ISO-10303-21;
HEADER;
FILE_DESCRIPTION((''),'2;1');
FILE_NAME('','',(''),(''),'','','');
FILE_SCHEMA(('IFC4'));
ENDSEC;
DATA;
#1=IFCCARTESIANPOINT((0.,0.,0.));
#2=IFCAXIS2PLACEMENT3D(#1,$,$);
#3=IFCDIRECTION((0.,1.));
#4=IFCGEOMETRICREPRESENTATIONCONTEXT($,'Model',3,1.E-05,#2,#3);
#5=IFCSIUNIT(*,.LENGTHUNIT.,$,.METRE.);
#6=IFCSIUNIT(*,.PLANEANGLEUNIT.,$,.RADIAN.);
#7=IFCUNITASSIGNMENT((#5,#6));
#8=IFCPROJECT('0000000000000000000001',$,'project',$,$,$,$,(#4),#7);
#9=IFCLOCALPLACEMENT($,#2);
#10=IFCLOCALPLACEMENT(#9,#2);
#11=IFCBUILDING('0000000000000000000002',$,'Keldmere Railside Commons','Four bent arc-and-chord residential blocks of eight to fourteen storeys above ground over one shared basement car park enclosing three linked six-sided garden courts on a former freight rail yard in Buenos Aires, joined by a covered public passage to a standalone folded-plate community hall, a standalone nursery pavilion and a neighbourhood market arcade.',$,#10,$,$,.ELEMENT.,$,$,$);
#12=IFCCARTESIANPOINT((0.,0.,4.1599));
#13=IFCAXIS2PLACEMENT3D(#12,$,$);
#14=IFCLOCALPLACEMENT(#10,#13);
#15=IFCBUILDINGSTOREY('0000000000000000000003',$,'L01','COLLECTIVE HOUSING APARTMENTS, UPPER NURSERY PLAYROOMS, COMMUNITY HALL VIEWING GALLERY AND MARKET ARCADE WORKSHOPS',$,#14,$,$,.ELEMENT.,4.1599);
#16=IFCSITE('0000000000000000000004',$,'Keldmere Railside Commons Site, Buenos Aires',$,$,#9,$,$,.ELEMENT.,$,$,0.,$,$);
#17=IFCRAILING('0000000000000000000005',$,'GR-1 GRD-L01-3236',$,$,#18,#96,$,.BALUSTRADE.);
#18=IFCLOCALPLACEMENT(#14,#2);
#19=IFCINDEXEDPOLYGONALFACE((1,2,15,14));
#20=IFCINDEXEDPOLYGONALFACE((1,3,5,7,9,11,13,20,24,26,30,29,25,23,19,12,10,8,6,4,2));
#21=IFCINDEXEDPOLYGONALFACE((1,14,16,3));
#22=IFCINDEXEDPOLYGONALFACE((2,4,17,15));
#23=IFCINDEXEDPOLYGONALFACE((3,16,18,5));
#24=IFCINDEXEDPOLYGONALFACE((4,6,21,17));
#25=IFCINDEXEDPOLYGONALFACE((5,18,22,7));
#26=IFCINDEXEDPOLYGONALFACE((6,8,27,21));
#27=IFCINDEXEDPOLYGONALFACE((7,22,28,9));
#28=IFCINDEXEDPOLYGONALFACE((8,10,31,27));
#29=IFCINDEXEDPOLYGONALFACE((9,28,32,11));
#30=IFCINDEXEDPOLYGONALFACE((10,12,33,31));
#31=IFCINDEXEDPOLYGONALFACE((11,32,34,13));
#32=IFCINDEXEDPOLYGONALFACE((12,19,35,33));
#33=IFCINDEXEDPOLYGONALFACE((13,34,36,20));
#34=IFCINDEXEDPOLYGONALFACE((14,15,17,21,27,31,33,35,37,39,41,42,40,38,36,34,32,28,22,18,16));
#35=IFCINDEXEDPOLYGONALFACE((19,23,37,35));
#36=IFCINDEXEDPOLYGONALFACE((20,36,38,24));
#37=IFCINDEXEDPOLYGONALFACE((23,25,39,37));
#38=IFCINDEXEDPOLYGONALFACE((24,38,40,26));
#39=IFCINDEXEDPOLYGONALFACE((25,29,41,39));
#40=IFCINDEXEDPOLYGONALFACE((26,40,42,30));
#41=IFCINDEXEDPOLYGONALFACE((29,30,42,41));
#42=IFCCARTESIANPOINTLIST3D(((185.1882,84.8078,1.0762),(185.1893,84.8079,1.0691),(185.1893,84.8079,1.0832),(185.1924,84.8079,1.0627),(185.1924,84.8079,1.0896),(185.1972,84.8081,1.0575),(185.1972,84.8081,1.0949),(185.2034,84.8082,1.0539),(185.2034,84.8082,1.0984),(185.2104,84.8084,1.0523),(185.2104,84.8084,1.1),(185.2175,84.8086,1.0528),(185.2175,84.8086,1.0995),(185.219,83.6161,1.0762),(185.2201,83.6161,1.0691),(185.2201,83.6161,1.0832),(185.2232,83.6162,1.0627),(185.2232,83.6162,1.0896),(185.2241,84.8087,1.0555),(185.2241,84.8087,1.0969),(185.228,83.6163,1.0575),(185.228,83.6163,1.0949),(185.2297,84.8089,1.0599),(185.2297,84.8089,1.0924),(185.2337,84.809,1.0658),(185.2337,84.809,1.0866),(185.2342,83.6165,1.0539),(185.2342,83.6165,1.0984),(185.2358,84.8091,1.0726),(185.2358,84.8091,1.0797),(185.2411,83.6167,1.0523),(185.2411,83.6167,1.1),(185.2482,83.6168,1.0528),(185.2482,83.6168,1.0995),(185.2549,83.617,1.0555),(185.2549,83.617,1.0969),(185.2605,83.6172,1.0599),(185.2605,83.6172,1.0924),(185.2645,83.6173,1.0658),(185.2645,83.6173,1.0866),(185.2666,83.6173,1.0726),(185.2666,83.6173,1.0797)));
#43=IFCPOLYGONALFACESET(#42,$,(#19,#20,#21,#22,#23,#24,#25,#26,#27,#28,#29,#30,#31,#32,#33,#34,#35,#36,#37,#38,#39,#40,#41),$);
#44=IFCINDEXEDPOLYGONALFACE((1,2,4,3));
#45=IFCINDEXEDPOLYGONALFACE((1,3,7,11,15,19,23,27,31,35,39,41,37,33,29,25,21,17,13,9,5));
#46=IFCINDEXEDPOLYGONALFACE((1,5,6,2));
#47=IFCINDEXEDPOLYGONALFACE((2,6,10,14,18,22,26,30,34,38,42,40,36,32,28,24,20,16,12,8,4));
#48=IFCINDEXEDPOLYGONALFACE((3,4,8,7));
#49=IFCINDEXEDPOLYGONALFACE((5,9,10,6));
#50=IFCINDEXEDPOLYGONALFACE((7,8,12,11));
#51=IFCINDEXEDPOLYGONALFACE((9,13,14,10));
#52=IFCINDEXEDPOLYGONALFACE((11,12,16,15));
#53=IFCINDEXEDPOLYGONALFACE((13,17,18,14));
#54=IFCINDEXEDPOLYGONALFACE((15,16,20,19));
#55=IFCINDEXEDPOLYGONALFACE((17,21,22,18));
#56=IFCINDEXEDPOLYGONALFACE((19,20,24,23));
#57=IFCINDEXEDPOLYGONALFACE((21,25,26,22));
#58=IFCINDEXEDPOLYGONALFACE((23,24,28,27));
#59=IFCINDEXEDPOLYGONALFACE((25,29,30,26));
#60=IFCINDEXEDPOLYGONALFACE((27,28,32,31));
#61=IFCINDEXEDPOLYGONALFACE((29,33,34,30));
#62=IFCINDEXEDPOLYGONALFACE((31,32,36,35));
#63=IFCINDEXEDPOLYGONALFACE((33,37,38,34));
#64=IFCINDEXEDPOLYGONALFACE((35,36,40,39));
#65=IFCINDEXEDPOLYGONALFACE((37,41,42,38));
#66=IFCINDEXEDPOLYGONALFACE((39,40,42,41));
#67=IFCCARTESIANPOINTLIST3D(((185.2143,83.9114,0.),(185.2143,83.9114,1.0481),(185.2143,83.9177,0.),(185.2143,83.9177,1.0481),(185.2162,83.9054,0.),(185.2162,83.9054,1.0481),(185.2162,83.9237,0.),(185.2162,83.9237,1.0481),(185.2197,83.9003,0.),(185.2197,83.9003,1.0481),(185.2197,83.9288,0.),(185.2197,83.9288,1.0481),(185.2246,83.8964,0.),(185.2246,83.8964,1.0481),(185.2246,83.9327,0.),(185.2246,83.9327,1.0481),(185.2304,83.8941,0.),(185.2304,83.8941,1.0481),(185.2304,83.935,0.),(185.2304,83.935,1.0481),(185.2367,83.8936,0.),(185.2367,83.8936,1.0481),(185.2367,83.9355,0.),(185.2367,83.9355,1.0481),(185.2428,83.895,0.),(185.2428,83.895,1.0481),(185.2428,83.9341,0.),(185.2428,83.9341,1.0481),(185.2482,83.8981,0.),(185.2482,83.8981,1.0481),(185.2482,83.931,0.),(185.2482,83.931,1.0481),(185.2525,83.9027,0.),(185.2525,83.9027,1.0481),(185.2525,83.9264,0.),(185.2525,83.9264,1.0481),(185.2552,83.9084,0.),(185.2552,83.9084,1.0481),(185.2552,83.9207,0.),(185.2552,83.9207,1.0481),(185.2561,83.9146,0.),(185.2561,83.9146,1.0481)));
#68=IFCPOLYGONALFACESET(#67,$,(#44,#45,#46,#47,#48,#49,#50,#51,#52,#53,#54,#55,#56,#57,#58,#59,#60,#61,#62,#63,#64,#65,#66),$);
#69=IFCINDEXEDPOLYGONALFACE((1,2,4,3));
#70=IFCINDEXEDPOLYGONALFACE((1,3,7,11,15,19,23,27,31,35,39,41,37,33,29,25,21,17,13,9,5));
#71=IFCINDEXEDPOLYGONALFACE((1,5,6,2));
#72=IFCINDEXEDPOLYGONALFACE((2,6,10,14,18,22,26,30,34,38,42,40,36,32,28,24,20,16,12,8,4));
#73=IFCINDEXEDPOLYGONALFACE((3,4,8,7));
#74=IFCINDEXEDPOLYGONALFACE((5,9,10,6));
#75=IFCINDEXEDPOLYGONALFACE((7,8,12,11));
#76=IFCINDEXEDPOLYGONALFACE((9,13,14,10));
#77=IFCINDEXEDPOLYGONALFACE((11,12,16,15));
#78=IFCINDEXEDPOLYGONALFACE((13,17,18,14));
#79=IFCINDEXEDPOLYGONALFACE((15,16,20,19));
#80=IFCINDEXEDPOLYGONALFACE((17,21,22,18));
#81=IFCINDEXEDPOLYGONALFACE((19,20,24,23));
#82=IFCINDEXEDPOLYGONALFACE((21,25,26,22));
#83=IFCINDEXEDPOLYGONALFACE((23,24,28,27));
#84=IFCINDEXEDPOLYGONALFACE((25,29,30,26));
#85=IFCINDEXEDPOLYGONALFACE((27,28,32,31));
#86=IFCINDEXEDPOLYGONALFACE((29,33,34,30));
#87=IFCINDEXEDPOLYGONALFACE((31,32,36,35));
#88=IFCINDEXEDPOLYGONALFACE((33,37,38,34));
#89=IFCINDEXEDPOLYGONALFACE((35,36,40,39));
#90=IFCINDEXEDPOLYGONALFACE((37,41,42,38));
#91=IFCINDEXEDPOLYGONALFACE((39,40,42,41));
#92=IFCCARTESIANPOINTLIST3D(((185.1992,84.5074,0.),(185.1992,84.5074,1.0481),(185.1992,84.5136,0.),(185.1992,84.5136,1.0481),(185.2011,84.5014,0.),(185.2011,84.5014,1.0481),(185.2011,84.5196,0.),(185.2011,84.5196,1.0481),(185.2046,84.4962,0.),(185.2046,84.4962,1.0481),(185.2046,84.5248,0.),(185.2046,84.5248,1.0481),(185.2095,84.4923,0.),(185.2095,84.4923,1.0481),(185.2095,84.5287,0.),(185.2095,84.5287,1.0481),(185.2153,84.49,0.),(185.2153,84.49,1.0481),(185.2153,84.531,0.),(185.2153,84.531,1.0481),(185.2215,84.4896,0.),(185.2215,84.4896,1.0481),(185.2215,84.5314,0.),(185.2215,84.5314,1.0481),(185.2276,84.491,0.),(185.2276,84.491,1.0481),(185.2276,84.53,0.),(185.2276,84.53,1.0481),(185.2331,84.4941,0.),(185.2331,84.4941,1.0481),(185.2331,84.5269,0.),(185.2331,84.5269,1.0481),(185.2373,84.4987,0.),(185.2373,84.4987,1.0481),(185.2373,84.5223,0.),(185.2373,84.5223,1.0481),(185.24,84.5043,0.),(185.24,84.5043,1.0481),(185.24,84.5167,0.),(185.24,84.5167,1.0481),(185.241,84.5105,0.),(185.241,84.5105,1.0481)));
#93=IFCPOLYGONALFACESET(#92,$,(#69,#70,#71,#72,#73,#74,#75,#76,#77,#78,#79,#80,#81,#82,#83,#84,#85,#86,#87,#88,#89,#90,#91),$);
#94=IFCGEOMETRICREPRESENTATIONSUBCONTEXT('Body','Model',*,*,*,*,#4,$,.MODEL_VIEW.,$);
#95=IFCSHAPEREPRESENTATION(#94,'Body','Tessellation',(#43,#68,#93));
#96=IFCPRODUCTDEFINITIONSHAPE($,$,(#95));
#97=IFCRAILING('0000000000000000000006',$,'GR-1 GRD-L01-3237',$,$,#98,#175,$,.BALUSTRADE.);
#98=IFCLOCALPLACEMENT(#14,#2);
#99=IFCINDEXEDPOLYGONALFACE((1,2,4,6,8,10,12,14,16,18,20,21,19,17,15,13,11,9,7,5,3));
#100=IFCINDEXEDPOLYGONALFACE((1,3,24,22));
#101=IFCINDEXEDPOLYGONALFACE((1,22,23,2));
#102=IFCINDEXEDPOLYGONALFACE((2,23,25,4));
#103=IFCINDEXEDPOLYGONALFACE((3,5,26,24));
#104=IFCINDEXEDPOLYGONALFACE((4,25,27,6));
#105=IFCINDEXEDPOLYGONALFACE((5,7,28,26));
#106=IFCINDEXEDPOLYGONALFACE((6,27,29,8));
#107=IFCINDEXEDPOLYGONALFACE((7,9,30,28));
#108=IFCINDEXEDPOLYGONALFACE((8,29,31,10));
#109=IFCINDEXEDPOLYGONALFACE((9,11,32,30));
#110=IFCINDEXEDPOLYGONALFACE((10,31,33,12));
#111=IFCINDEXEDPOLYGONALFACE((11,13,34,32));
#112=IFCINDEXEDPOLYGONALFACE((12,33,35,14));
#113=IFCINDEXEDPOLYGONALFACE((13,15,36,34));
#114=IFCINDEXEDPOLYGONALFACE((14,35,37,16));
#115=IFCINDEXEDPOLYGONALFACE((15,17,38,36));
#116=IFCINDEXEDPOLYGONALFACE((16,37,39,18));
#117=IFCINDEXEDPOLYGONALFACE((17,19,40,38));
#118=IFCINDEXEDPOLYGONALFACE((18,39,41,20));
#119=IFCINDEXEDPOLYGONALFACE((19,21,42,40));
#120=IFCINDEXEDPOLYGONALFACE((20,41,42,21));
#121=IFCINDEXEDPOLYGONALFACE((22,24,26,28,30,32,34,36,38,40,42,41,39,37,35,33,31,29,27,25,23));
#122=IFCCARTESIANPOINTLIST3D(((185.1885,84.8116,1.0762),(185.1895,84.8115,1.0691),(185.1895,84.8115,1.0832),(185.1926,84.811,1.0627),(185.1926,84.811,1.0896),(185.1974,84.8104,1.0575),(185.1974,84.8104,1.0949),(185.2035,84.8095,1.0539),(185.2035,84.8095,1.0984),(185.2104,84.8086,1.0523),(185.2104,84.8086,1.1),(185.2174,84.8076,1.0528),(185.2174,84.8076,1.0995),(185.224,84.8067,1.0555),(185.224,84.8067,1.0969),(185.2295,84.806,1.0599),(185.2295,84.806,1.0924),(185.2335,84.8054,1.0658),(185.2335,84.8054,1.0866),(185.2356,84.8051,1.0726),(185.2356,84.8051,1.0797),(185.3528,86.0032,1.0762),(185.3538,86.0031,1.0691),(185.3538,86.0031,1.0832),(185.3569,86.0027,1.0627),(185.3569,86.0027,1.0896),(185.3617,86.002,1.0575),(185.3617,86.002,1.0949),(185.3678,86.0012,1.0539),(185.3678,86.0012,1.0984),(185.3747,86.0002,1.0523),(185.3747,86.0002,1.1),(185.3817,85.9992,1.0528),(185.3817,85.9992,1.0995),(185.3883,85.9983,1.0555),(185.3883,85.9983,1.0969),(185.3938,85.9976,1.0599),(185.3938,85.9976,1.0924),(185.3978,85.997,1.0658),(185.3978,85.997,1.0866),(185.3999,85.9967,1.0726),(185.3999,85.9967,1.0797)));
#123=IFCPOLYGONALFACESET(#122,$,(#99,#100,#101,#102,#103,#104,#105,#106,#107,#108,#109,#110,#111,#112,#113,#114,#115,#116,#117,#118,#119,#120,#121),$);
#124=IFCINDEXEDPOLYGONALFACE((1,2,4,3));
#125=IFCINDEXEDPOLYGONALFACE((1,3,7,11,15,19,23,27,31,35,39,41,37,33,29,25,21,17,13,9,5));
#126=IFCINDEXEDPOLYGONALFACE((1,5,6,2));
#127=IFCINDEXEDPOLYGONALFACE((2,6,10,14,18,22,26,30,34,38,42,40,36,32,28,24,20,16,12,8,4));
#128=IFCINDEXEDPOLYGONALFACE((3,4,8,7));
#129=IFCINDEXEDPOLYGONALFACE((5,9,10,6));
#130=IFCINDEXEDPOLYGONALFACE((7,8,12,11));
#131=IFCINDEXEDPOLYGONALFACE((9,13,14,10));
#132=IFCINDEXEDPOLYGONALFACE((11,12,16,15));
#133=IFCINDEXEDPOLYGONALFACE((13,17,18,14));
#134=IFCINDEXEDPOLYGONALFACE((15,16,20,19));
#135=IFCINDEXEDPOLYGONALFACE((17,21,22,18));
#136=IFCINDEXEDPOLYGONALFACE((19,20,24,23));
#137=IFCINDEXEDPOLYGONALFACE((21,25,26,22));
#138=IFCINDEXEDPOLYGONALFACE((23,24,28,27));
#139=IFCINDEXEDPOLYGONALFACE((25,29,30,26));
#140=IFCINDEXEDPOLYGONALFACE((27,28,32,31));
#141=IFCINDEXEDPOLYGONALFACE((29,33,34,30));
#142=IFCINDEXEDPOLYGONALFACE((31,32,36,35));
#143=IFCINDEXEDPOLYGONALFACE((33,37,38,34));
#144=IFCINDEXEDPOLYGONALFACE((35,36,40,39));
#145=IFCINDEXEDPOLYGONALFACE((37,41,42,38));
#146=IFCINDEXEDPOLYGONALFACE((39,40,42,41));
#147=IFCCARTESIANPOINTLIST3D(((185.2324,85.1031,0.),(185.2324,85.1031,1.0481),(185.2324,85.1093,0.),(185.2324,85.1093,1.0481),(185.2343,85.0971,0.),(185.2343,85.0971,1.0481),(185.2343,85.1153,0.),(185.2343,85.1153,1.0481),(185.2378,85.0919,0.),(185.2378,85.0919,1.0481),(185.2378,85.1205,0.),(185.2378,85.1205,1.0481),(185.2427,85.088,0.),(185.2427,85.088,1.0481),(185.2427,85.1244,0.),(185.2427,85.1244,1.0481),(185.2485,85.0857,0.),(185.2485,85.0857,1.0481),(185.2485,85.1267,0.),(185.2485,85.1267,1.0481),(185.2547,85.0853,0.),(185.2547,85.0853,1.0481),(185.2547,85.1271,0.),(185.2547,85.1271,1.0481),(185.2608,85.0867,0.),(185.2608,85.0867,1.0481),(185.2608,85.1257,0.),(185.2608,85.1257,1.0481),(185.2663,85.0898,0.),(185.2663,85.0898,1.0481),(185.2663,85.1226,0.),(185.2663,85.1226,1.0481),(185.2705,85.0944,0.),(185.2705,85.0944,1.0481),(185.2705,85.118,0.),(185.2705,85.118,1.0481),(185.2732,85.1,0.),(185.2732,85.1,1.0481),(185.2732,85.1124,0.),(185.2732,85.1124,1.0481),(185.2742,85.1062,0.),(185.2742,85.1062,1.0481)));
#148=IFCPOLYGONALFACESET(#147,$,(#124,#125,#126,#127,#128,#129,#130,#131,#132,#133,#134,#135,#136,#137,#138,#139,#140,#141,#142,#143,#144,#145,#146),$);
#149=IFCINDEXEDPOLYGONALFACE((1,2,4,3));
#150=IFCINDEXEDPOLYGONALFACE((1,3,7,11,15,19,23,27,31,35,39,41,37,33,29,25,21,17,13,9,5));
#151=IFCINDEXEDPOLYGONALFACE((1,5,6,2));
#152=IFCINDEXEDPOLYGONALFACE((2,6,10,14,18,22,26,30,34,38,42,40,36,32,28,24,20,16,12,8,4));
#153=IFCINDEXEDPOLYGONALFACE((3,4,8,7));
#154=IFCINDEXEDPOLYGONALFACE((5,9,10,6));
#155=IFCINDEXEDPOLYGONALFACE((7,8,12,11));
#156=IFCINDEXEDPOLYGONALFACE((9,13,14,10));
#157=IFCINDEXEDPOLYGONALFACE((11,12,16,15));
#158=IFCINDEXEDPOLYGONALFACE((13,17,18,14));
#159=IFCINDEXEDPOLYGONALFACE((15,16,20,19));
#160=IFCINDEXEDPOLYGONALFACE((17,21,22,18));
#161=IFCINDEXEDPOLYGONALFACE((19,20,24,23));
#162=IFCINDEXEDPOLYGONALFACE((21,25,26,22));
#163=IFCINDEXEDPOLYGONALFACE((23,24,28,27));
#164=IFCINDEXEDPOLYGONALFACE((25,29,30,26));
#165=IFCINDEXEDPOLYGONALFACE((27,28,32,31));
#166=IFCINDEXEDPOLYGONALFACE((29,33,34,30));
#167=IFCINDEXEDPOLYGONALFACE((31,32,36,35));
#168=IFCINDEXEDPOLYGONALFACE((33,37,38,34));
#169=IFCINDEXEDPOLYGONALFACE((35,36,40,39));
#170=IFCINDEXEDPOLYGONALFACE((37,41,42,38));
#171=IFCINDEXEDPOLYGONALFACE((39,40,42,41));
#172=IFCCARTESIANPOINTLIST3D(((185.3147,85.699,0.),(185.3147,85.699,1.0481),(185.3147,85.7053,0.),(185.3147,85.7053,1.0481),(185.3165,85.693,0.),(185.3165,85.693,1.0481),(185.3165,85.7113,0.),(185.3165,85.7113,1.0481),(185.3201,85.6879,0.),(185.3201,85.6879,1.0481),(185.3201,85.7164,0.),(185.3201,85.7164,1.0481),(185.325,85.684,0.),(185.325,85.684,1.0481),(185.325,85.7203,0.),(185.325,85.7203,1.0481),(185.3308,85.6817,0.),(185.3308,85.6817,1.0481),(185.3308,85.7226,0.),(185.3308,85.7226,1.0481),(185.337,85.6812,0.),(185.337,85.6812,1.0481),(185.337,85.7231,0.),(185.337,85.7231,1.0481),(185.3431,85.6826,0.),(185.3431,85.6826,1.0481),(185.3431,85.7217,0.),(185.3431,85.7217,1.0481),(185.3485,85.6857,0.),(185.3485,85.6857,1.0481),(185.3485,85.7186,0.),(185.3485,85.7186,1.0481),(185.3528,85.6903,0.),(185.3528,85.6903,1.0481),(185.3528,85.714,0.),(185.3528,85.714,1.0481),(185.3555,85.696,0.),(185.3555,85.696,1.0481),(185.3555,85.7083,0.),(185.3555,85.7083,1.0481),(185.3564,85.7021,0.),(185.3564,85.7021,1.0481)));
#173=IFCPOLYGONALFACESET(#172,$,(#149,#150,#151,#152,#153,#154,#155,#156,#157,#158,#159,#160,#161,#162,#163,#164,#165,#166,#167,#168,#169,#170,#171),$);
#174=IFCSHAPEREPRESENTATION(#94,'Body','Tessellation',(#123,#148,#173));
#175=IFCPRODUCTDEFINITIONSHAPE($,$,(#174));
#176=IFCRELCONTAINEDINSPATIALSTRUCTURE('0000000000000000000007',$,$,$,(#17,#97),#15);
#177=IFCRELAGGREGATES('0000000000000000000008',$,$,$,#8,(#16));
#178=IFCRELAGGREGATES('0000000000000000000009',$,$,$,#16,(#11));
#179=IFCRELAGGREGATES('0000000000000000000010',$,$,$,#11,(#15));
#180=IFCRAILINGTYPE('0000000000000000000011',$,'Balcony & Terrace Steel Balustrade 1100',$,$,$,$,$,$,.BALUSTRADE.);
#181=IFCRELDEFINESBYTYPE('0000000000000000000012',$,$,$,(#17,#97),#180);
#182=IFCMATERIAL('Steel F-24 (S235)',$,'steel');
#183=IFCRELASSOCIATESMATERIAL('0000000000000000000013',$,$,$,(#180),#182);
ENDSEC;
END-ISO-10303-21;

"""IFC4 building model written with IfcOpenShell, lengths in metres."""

from ifc_helpers import new_model, si_unit, direction, frame, origin, origin_2d, place, context, subcontext, project, spatial, circle, extrude, material, type_object, element, save


model = new_model("IFC4")

# Units and contexts
model_context = context("Model", 3, precision=1e-05, world=origin(), true_north=direction((0.0, 1.0)))
body_context = subcontext(model_context, "Body", "Model", "MODEL_VIEW")
ifc_project = project(units=[si_unit("LENGTHUNIT", "METRE"), si_unit("PLANEANGLEUNIT", "RADIAN")], contexts=[model_context])

# Site, building, storey
site_placement = place(None, origin())
site = spatial("IfcSite", under=ifc_project, at=site_placement, Name="Keldmere Railside Commons Site, Buenos Aires", CompositionType="ELEMENT", RefElevation=0.0)
building_placement = place(site_placement, origin())
building = spatial("IfcBuilding", under=site, at=building_placement, Name="Keldmere Railside Commons", Description="Four bent arc-and-chord residential blocks of eight to fourteen storeys above ground over one shared basement car park enclosing three linked six-sided garden courts on a former freight rail yard in Buenos Aires, joined by a covered public passage to a standalone folded-plate community hall, a standalone nursery pavilion and a neighbourhood market arcade.", CompositionType="ELEMENT")
storey_placement = place(building_placement, frame((0.0, 0.0, 4.1599)))
storey = spatial("IfcBuildingStorey", under=building, at=storey_placement, Name="L01", Description="COLLECTIVE HOUSING APARTMENTS, UPPER NURSERY PLAYROOMS, COMMUNITY HALL VIEWING GALLERY AND MARKET ARCADE WORKSHOPS", CompositionType="ELEMENT", Elevation=4.1599)

# Railings
ifc_material_1 = material(Name="Steel F-24 (S235)", Category="steel")
railing_type = type_object("IfcRailingType", Name="Balcony & Terrace Steel Balustrade 1100", PredefinedType="BALUSTRADE", material=ifc_material_1)
railing_1_placement = place(storey_placement, frame((185.2429, 83.6167, 0.0)))
element("IfcRailing", 1, at=railing_1_placement, inside=storey, type_object=railing_type, Name="GR-1 GRD-L01-3236", PredefinedType="BALUSTRADE", context=body_context, shape_type="SweptSolid", body=[
    extrude(circle(Radius=0.0239, at=origin_2d()), frame((0.0, 0.0, 1.0762), z_axis=(-0.025806, 0.999667, 0.0), x_axis=(-0.999667, -0.025806, 0.0)), (0.0, 0.0, 1.0), 1.1921),
    extrude(circle(Radius=0.021, at=origin_2d()), frame((-0.0078, 0.2979, 0.0)), (0.0, 0.0, 1.0), 1.0481),
    extrude(circle(Radius=0.021, at=origin_2d()), frame((-0.0229, 0.8938, 0.0)), (0.0, 0.0, 1.0), 1.0481),
])
railing_2_placement = place(storey_placement, frame((185.2122, 84.8083, 0.0)))
element("IfcRailing", 2, at=railing_2_placement, inside=storey, type_object=railing_type, Name="GR-1 GRD-L01-3237", PredefinedType="BALUSTRADE", context=body_context, shape_type="SweptSolid", body=[
    extrude(circle(Radius=0.0239, at=origin_2d()), frame((0.0, 0.0, 1.0762), z_axis=(0.136589, 0.990628, 0.0), x_axis=(-0.990628, 0.136589, 0.0)), (0.0, 0.0, 1.0), 1.2029),
    extrude(circle(Radius=0.021, at=origin_2d()), frame((0.041, 0.2979, 0.0)), (0.0, 0.0, 1.0), 1.0481),
    extrude(circle(Radius=0.021, at=origin_2d()), frame((0.1233, 0.8938, 0.0)), (0.0, 0.0, 1.0), 1.0481),
])

save(model, "model.ifc")
